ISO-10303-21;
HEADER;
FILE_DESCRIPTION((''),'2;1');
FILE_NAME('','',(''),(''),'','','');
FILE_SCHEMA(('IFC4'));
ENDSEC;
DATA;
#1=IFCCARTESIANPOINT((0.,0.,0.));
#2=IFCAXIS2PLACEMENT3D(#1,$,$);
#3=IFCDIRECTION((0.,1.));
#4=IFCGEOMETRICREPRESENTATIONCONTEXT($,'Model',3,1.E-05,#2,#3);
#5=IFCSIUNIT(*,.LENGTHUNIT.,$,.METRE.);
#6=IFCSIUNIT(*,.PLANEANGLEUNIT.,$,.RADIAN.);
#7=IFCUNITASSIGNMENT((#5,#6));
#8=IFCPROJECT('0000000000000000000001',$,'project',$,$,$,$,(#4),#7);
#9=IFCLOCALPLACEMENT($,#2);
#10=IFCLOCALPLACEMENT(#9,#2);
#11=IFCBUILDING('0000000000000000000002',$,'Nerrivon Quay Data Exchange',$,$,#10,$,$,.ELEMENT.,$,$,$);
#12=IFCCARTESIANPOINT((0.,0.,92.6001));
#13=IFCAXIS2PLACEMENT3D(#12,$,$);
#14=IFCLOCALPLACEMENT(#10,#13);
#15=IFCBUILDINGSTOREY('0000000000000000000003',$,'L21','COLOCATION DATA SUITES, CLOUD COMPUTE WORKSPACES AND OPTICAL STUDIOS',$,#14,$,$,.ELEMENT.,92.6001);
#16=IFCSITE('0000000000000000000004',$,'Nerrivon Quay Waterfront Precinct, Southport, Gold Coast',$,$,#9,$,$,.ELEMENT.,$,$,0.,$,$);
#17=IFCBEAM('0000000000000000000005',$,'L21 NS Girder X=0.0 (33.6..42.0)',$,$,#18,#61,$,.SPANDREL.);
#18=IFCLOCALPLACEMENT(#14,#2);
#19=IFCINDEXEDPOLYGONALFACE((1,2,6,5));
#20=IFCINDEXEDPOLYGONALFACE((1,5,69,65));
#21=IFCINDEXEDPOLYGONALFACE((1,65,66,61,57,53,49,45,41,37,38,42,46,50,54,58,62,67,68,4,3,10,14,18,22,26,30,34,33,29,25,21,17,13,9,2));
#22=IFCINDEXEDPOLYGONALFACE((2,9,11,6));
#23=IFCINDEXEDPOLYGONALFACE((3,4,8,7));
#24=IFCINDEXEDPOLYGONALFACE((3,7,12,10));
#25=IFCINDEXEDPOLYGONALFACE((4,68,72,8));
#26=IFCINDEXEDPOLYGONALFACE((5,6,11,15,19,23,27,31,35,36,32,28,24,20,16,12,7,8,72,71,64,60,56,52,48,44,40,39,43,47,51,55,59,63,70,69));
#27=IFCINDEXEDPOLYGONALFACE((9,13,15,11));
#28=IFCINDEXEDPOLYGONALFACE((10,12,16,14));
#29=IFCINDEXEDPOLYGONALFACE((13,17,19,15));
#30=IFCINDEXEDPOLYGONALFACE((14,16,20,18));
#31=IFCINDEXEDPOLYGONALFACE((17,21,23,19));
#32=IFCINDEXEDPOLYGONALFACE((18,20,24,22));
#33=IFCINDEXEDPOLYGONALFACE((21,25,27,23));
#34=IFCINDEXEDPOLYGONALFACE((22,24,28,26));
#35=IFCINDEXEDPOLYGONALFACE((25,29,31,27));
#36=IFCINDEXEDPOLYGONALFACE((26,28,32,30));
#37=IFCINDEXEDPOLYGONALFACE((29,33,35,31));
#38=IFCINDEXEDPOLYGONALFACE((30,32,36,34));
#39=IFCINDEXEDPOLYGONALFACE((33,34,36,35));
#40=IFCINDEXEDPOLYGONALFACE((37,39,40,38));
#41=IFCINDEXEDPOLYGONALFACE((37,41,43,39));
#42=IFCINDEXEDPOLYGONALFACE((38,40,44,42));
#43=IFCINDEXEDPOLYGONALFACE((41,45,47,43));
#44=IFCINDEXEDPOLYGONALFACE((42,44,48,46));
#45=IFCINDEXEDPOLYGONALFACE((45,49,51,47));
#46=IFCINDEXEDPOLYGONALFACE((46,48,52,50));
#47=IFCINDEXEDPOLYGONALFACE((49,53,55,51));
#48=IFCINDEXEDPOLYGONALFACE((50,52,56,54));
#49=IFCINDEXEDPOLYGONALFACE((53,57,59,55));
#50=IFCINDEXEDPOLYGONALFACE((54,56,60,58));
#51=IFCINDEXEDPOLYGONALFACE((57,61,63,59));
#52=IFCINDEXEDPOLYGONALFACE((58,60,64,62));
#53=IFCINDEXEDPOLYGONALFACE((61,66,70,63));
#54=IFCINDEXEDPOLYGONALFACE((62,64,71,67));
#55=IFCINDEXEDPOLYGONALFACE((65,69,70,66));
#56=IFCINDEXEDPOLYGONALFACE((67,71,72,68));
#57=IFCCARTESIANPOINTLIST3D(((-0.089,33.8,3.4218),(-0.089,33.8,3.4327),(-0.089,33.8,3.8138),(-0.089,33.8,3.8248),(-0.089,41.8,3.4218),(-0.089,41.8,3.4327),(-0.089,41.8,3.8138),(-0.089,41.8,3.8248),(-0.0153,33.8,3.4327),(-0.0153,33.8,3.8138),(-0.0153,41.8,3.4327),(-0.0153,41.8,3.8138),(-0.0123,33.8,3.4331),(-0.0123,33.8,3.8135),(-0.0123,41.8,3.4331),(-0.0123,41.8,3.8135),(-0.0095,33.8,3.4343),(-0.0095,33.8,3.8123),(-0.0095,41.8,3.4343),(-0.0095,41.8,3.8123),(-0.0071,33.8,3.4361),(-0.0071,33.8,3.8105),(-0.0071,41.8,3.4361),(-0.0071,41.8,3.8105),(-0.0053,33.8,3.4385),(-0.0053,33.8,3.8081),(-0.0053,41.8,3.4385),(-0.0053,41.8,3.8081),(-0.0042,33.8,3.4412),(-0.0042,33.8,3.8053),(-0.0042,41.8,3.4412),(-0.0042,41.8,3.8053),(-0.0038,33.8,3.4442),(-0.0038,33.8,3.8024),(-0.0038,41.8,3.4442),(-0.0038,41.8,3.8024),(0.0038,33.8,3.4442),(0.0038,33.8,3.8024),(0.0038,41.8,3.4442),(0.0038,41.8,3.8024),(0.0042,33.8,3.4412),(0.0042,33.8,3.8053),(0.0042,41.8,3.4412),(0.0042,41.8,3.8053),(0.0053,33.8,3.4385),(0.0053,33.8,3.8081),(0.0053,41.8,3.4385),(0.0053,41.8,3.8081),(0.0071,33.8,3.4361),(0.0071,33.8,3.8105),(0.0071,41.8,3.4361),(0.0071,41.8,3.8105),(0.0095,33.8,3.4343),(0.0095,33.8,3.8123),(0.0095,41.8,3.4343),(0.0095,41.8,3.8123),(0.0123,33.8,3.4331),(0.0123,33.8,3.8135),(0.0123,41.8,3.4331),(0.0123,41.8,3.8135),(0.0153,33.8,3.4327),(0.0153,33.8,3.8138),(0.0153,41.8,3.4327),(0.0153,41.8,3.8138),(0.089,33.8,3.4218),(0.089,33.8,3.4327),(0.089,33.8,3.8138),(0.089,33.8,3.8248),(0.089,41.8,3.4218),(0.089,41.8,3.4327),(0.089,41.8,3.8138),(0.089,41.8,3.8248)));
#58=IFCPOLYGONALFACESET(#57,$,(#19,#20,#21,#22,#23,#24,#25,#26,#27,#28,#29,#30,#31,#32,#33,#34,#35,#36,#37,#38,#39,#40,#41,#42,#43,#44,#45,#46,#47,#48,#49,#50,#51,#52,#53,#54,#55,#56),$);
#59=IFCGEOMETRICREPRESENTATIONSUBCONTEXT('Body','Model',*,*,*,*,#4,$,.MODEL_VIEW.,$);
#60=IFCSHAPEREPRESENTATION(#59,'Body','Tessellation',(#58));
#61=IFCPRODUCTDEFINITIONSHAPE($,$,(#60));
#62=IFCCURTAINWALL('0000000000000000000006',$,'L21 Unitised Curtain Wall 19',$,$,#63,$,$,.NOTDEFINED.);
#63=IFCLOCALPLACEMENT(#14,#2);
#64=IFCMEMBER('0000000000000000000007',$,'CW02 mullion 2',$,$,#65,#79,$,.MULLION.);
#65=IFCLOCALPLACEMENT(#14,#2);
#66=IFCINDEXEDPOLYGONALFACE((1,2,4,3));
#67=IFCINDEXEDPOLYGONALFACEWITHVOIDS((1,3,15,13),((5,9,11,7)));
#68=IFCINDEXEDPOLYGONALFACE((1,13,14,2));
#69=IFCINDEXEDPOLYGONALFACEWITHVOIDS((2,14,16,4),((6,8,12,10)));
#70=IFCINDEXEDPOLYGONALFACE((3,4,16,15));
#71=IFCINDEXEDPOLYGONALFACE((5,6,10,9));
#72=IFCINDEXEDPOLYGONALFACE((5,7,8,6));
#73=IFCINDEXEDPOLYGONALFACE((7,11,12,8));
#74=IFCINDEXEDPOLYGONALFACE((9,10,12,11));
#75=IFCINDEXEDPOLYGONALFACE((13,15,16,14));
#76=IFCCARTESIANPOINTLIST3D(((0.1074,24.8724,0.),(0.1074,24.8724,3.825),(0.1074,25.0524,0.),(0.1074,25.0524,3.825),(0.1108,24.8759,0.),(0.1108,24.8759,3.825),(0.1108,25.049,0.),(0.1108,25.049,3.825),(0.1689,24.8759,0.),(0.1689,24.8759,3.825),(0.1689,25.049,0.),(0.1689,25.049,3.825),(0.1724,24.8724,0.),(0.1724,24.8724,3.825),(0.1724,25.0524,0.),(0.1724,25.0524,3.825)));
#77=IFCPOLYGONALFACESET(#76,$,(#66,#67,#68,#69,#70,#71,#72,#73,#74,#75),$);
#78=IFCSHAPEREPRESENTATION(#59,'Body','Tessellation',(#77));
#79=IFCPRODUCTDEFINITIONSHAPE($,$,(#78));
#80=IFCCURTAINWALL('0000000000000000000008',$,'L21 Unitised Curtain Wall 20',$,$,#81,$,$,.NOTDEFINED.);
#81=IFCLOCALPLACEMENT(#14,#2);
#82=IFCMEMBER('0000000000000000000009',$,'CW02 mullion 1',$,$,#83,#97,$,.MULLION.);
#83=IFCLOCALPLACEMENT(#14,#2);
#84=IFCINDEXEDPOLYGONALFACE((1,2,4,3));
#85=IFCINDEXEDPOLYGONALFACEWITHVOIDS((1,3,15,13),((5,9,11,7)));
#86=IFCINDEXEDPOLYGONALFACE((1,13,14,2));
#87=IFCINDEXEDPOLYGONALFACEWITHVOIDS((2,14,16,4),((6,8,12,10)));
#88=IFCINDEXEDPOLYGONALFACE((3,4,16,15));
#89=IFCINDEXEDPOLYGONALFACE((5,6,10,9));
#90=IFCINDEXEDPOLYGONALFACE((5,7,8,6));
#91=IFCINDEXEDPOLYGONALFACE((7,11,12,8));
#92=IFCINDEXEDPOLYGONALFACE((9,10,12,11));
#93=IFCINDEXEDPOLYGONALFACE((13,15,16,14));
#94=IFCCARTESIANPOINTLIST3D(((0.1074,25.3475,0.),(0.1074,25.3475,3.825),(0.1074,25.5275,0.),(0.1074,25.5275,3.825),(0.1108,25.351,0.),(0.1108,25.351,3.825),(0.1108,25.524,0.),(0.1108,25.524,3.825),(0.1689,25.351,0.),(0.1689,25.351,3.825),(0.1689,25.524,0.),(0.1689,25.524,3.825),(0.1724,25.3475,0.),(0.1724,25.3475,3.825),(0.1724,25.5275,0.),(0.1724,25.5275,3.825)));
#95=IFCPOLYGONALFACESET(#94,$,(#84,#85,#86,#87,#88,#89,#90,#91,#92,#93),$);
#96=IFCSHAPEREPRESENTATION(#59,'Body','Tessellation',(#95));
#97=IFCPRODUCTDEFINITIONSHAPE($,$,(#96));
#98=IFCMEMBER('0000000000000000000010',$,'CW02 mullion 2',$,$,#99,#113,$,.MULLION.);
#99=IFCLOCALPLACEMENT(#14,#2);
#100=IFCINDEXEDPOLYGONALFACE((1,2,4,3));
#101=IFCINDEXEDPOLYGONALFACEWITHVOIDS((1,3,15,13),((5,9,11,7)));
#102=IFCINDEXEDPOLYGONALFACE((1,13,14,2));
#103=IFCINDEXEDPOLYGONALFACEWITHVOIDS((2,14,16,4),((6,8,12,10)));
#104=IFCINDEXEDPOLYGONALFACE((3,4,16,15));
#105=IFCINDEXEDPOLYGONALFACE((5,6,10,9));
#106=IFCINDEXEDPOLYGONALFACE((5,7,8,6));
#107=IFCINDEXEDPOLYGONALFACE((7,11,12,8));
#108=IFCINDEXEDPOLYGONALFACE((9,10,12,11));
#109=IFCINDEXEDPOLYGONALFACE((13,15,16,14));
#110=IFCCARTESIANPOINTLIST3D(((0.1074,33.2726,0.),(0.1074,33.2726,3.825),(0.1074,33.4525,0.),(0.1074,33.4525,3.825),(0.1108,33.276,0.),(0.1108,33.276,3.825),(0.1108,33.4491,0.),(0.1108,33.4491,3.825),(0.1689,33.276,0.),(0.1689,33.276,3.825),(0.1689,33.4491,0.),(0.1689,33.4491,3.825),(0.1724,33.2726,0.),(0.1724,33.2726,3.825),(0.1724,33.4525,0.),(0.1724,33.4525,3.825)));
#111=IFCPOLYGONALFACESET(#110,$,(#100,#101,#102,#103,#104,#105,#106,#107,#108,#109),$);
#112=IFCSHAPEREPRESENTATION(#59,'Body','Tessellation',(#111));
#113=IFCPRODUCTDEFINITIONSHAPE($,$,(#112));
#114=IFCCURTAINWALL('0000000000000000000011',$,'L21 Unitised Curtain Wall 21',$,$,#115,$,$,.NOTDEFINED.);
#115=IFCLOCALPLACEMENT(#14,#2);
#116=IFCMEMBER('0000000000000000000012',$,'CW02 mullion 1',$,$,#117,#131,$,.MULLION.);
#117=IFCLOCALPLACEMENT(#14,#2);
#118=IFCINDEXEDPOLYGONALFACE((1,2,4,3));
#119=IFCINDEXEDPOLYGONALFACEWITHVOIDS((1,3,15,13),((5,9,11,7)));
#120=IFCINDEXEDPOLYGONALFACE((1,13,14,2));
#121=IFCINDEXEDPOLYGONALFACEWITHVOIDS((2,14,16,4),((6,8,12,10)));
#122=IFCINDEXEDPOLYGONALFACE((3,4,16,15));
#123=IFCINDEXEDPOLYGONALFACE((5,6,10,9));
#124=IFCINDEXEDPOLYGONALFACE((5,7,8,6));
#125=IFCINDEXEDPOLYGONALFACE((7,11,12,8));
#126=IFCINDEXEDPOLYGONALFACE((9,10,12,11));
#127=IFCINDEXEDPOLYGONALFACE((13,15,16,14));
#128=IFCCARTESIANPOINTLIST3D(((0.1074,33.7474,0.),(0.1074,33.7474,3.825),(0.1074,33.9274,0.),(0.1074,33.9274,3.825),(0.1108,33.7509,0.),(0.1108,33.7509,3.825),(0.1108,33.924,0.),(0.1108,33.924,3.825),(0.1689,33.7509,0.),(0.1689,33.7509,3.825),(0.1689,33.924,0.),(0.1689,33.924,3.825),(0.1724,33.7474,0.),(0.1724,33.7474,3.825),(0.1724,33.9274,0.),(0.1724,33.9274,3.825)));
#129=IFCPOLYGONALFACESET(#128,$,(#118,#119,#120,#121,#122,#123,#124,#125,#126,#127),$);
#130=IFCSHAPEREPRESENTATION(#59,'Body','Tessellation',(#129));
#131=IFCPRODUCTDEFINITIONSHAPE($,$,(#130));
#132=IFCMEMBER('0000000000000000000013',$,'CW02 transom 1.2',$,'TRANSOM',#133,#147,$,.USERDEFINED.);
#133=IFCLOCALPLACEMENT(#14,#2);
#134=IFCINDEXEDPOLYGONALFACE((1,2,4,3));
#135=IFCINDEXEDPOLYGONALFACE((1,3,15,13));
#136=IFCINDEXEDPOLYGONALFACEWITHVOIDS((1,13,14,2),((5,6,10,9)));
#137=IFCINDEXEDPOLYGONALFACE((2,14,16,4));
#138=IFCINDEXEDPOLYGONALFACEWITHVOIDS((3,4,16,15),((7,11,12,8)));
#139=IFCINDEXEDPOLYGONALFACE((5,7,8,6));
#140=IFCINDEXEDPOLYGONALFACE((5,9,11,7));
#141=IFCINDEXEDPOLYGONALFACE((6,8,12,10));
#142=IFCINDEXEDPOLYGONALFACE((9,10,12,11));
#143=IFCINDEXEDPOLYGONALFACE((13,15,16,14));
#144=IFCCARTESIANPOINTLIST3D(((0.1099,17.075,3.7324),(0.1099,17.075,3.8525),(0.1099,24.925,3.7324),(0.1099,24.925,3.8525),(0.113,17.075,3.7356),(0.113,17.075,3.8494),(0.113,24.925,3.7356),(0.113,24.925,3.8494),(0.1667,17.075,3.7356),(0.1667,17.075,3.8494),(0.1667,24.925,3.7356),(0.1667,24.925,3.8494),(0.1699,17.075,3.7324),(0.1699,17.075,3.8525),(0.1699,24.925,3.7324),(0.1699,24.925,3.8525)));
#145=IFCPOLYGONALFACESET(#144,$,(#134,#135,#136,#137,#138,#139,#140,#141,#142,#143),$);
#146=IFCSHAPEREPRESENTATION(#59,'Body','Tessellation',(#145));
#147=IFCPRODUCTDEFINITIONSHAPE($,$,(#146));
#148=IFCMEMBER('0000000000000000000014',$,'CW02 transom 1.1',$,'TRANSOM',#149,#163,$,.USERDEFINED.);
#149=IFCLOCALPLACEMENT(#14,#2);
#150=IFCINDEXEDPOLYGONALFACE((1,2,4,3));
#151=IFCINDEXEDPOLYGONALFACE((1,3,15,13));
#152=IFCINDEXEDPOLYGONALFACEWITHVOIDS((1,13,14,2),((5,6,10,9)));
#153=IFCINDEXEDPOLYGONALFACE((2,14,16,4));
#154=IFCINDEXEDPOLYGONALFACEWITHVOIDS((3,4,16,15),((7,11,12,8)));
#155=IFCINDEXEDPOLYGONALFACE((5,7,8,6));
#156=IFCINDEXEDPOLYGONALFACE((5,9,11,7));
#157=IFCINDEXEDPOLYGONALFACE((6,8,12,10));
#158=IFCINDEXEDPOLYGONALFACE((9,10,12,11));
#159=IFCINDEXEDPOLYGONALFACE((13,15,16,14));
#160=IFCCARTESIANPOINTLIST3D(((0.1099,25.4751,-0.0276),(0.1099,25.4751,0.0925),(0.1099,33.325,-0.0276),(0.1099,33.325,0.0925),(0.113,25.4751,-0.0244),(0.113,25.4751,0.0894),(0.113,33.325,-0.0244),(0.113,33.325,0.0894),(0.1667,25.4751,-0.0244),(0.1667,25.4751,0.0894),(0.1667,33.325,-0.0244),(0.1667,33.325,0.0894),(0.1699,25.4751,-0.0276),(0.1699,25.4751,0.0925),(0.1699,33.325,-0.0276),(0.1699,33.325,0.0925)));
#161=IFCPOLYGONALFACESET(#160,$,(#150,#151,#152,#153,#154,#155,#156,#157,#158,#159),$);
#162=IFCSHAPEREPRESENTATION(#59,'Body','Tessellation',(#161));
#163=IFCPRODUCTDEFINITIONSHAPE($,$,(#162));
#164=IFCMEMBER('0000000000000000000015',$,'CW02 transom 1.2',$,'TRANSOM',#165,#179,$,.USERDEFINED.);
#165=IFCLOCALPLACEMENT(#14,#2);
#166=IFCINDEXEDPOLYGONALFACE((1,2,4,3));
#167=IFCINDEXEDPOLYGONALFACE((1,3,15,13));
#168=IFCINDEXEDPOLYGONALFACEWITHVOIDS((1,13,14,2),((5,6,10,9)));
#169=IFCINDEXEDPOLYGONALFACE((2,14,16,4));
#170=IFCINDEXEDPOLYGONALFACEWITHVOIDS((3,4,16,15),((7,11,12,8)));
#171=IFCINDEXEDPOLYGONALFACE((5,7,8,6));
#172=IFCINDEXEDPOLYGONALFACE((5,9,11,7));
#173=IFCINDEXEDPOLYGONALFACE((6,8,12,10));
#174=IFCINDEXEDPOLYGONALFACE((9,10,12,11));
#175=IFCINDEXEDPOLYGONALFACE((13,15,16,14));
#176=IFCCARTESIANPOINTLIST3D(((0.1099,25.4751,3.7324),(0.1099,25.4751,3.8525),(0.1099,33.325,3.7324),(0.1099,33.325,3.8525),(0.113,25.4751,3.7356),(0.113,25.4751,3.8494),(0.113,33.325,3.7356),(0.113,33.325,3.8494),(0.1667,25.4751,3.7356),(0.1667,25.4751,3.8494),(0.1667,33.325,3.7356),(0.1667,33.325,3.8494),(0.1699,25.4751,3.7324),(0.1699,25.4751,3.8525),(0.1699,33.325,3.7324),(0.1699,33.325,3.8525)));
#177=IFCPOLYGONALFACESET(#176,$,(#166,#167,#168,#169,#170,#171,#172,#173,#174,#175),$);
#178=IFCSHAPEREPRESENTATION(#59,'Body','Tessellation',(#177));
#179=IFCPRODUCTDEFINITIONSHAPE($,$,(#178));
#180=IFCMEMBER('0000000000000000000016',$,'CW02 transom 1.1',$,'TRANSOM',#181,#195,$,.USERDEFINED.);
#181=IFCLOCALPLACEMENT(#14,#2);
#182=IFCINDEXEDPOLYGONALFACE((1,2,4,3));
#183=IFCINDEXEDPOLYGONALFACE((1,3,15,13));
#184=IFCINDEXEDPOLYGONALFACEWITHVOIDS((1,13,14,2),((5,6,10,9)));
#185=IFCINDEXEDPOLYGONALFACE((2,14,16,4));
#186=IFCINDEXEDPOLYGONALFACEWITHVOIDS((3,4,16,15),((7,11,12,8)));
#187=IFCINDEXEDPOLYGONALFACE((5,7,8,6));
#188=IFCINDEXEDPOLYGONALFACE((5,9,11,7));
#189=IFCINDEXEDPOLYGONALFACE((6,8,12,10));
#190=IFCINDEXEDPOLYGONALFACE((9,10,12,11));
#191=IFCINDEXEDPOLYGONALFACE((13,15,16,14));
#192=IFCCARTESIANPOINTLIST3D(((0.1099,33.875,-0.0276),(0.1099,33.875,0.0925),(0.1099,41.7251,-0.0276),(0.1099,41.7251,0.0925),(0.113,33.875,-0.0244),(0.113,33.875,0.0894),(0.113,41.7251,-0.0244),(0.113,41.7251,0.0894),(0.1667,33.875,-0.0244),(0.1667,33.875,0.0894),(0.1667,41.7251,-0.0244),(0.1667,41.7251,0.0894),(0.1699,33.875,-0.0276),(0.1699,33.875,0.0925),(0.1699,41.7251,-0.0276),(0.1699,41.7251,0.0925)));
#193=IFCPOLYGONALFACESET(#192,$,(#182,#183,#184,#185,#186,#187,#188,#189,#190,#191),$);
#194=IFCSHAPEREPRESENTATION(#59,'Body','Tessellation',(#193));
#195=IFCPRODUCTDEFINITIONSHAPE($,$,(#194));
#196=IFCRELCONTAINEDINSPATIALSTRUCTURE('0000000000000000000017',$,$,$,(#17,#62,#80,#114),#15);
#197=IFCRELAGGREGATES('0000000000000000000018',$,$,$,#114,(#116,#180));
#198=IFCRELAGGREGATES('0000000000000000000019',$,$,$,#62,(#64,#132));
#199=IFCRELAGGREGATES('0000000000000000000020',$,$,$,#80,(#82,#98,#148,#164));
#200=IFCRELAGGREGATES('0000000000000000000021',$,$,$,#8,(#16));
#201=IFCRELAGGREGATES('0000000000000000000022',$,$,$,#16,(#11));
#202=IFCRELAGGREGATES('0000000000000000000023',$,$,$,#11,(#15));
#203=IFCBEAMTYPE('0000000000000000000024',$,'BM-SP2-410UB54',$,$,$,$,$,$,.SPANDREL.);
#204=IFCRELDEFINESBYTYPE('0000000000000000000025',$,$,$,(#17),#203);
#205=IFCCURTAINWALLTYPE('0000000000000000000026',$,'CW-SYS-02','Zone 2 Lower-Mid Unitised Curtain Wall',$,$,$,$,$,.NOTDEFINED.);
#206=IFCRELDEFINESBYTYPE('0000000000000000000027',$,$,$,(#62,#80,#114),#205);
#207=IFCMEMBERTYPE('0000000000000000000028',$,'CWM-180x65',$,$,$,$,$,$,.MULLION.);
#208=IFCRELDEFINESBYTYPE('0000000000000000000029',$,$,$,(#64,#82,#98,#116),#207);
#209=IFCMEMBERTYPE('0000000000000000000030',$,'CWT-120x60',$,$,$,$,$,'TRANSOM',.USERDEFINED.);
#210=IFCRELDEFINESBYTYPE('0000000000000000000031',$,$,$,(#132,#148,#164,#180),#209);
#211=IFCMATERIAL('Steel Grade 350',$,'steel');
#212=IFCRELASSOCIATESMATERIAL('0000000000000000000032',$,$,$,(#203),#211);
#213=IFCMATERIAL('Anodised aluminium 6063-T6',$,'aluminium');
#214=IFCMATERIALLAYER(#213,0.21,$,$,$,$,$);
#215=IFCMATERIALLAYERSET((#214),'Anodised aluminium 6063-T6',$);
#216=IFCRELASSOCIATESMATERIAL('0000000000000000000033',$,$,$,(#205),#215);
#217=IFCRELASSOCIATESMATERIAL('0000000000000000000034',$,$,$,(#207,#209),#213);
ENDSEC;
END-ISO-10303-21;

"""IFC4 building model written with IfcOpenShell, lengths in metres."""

from ifc_helpers import new_model, si_unit, direction, frame, origin, origin_2d, place, context, subcontext, project, spatial, hollow_rectangle, i_section, extrude, material, layer, layer_set, material_profile, profile_set, type_object, element, aggregate, save


model = new_model("IFC4")

# Units and contexts
model_context = context("Model", 3, precision=1e-05, world=origin(), true_north=direction((0.0, 1.0)))
body_context = subcontext(model_context, "Body", "Model", "MODEL_VIEW")
ifc_project = project(units=[si_unit("LENGTHUNIT", "METRE"), si_unit("PLANEANGLEUNIT", "RADIAN")], contexts=[model_context])

# Site, building, storey
site_placement = place(None, origin())
site = spatial("IfcSite", under=ifc_project, at=site_placement, Name="Nerrivon Quay Waterfront Precinct, Southport, Gold Coast", CompositionType="ELEMENT", RefElevation=0.0)
building_placement = place(site_placement, origin())
building = spatial("IfcBuilding", under=site, at=building_placement, Name="Nerrivon Quay Data Exchange", CompositionType="ELEMENT")
storey_placement = place(building_placement, frame((0.0, 0.0, 92.6001)))
storey = spatial("IfcBuildingStorey", under=building, at=storey_placement, Name="L21", Description="COLOCATION DATA SUITES, CLOUD COMPUTE WORKSPACES AND OPTICAL STUDIOS", CompositionType="ELEMENT", Elevation=92.6001)

# Shared definitions
ifc_material_1 = material(Name="Steel Grade 350", Category="steel")

# Beam
ifc_material_profile_1 = material_profile(ifc_material_1, i_section(OverallWidth=0.178, OverallDepth=0.4031, WebThickness=0.0076, FlangeThickness=0.011, FilletRadius=0.0115, at=origin_2d()), Name="410UB53.7")
ifc_profile_set_1 = profile_set([ifc_material_profile_1], Name="Steel Grade 350")
beam_type_1 = type_object("IfcBeamType", Name="BM-SP2-410UB54", PredefinedType="SPANDREL", material=ifc_profile_set_1)
for number, where, z_axis, x_axis, name in (
    (1, (0.0, 33.8, 3.6233), (0.0, 1.0, 0.0), (-1.0, 0.0, 0.0), "L21 NS Girder X=0.0 (33.6..42.0)"),
):
    element("IfcBeam", number, at=place(storey_placement, frame(where, z_axis=z_axis, x_axis=x_axis)), inside=storey, type_object=beam_type_1, Name=name, PredefinedType="SPANDREL", context=body_context, shape_type="SweptSolid", body=[
        extrude(i_section(OverallWidth=0.178, OverallDepth=0.4031, WebThickness=0.0076, FlangeThickness=0.011, FilletRadius=0.0115, at=origin_2d()), origin(), (0.0, 0.0, 1.0), 8.0),
    ])

# Curtain wall, member
ifc_material_2 = material(Name="Anodised aluminium 6063-T6", Category="aluminium")
ifc_layer_1 = layer(ifc_material_2, 0.21)
ifc_layer_set_1 = layer_set([ifc_layer_1], Name="Anodised aluminium 6063-T6")
curtain_wall_type = type_object("IfcCurtainWallType", Name="CW-SYS-02", Description="Zone 2 Lower-Mid Unitised Curtain Wall", PredefinedType="NOTDEFINED", material=ifc_layer_set_1)
curtain_wall_1_placement = place(storey_placement, origin())
curtain_wall_1 = element("IfcCurtainWall", 2, at=curtain_wall_1_placement, inside=storey, type_object=curtain_wall_type, Name="L21 Unitised Curtain Wall 19", PredefinedType="NOTDEFINED")
ifc_material_profile_2 = material_profile(ifc_material_2, hollow_rectangle(XDim=0.0649, YDim=0.1799, WallThickness=0.0034, at=origin_2d()), Name="ALU-MULL-180x65")
ifc_profile_set_2 = profile_set([ifc_material_profile_2], Name="Anodised aluminium 6063-T6")
member_type_1 = type_object("IfcMemberType", Name="CWM-180x65", PredefinedType="MULLION", material=ifc_profile_set_2)
member_1_placement = place(storey_placement, frame((0.1399, 24.9624, 0.0), z_axis=(0.0, 0.0, 1.0), x_axis=(-1.0, 0.0, 0.0)))
member_1 = element("IfcMember", 3, at=member_1_placement, type_object=member_type_1, Name="CW02 mullion 2", PredefinedType="MULLION", context=body_context, shape_type="SweptSolid", body=[
    extrude(hollow_rectangle(XDim=0.0649, YDim=0.1799, WallThickness=0.0034, at=origin_2d()), origin(), (0.0, 0.0, 1.0), 3.825),
])

# Curtain wall, members
curtain_wall_2_placement = place(storey_placement, origin())
curtain_wall_2 = element("IfcCurtainWall", 4, at=curtain_wall_2_placement, inside=storey, type_object=curtain_wall_type, Name="L21 Unitised Curtain Wall 20", PredefinedType="NOTDEFINED")
member_2_placement = place(storey_placement, frame((0.1399, 25.4375, 0.0), z_axis=(0.0, 0.0, 1.0), x_axis=(-1.0, 0.0, 0.0)))
member_2 = element("IfcMember", 5, at=member_2_placement, type_object=member_type_1, Name="CW02 mullion 1", PredefinedType="MULLION", context=body_context, shape_type="SweptSolid", body=[
    extrude(hollow_rectangle(XDim=0.0649, YDim=0.1799, WallThickness=0.0034, at=origin_2d()), origin(), (0.0, 0.0, 1.0), 3.825),
])
member_3_placement = place(storey_placement, frame((0.1399, 33.3625, 0.0), z_axis=(0.0, 0.0, 1.0), x_axis=(-1.0, 0.0, 0.0)))
member_3 = element("IfcMember", 6, at=member_3_placement, type_object=member_type_1, Name="CW02 mullion 2", PredefinedType="MULLION", context=body_context, shape_type="SweptSolid", body=[
    extrude(hollow_rectangle(XDim=0.0649, YDim=0.1799, WallThickness=0.0034, at=origin_2d()), origin(), (0.0, 0.0, 1.0), 3.825),
])

# Curtain wall, member
curtain_wall_3_placement = place(storey_placement, origin())
curtain_wall_3 = element("IfcCurtainWall", 7, at=curtain_wall_3_placement, inside=storey, type_object=curtain_wall_type, Name="L21 Unitised Curtain Wall 21", PredefinedType="NOTDEFINED")
member_4_placement = place(storey_placement, frame((0.1399, 33.8374, 0.0), z_axis=(0.0, 0.0, 1.0), x_axis=(-1.0, 0.0, 0.0)))
member_4 = element("IfcMember", 8, at=member_4_placement, type_object=member_type_1, Name="CW02 mullion 1", PredefinedType="MULLION", context=body_context, shape_type="SweptSolid", body=[
    extrude(hollow_rectangle(XDim=0.0649, YDim=0.1799, WallThickness=0.0034, at=origin_2d()), origin(), (0.0, 0.0, 1.0), 3.825),
])

# Members
ifc_material_profile_3 = material_profile(ifc_material_2, hollow_rectangle(XDim=0.0601, YDim=0.1201, WallThickness=0.0032, at=origin_2d()), Name="ALU-TRAN-120x60")
ifc_profile_set_3 = profile_set([ifc_material_profile_3], Name="Anodised aluminium 6063-T6")
member_type_2 = type_object("IfcMemberType", Name="CWT-120x60", ElementType="TRANSOM", PredefinedType="USERDEFINED", material=ifc_profile_set_3)
member_5_placement = place(storey_placement, frame((0.1399, 17.075, 3.7925), z_axis=(0.0, 1.0, 0.0), x_axis=(-1.0, 0.0, 0.0)))
member_5 = element("IfcMember", 9, at=member_5_placement, type_object=member_type_2, Name="CW02 transom 1.2", ObjectType="TRANSOM", PredefinedType="USERDEFINED", context=body_context, shape_type="SweptSolid", body=[
    extrude(hollow_rectangle(XDim=0.0601, YDim=0.1201, WallThickness=0.0032, at=origin_2d()), origin(), (0.0, 0.0, 1.0), 7.8501),
])
member_6_placement = place(storey_placement, frame((0.1399, 25.4751, 0.0325), z_axis=(0.0, 1.0, 0.0), x_axis=(-1.0, 0.0, 0.0)))
member_6 = element("IfcMember", 10, at=member_6_placement, type_object=member_type_2, Name="CW02 transom 1.1", ObjectType="TRANSOM", PredefinedType="USERDEFINED", context=body_context, shape_type="SweptSolid", body=[
    extrude(hollow_rectangle(XDim=0.0601, YDim=0.1201, WallThickness=0.0032, at=origin_2d()), origin(), (0.0, 0.0, 1.0), 7.8499),
])
member_7_placement = place(storey_placement, frame((0.1399, 25.4751, 3.7925), z_axis=(0.0, 1.0, 0.0), x_axis=(-1.0, 0.0, 0.0)))
member_7 = element("IfcMember", 11, at=member_7_placement, type_object=member_type_2, Name="CW02 transom 1.2", ObjectType="TRANSOM", PredefinedType="USERDEFINED", context=body_context, shape_type="SweptSolid", body=[
    extrude(hollow_rectangle(XDim=0.0601, YDim=0.1201, WallThickness=0.0032, at=origin_2d()), origin(), (0.0, 0.0, 1.0), 7.8499),
])
member_8_placement = place(storey_placement, frame((0.1399, 33.875, 0.0325), z_axis=(0.0, 1.0, 0.0), x_axis=(-1.0, 0.0, 0.0)))
member_8 = element("IfcMember", 12, at=member_8_placement, type_object=member_type_2, Name="CW02 transom 1.1", ObjectType="TRANSOM", PredefinedType="USERDEFINED", context=body_context, shape_type="SweptSolid", body=[
    extrude(hollow_rectangle(XDim=0.0601, YDim=0.1201, WallThickness=0.0032, at=origin_2d()), origin(), (0.0, 0.0, 1.0), 7.8501),
])
aggregate(curtain_wall_3, [member_4, member_8])

aggregate(curtain_wall_1, [member_1, member_5])
aggregate(curtain_wall_2, [member_2, member_3, member_6, member_7])

save(model, "model.ifc")
